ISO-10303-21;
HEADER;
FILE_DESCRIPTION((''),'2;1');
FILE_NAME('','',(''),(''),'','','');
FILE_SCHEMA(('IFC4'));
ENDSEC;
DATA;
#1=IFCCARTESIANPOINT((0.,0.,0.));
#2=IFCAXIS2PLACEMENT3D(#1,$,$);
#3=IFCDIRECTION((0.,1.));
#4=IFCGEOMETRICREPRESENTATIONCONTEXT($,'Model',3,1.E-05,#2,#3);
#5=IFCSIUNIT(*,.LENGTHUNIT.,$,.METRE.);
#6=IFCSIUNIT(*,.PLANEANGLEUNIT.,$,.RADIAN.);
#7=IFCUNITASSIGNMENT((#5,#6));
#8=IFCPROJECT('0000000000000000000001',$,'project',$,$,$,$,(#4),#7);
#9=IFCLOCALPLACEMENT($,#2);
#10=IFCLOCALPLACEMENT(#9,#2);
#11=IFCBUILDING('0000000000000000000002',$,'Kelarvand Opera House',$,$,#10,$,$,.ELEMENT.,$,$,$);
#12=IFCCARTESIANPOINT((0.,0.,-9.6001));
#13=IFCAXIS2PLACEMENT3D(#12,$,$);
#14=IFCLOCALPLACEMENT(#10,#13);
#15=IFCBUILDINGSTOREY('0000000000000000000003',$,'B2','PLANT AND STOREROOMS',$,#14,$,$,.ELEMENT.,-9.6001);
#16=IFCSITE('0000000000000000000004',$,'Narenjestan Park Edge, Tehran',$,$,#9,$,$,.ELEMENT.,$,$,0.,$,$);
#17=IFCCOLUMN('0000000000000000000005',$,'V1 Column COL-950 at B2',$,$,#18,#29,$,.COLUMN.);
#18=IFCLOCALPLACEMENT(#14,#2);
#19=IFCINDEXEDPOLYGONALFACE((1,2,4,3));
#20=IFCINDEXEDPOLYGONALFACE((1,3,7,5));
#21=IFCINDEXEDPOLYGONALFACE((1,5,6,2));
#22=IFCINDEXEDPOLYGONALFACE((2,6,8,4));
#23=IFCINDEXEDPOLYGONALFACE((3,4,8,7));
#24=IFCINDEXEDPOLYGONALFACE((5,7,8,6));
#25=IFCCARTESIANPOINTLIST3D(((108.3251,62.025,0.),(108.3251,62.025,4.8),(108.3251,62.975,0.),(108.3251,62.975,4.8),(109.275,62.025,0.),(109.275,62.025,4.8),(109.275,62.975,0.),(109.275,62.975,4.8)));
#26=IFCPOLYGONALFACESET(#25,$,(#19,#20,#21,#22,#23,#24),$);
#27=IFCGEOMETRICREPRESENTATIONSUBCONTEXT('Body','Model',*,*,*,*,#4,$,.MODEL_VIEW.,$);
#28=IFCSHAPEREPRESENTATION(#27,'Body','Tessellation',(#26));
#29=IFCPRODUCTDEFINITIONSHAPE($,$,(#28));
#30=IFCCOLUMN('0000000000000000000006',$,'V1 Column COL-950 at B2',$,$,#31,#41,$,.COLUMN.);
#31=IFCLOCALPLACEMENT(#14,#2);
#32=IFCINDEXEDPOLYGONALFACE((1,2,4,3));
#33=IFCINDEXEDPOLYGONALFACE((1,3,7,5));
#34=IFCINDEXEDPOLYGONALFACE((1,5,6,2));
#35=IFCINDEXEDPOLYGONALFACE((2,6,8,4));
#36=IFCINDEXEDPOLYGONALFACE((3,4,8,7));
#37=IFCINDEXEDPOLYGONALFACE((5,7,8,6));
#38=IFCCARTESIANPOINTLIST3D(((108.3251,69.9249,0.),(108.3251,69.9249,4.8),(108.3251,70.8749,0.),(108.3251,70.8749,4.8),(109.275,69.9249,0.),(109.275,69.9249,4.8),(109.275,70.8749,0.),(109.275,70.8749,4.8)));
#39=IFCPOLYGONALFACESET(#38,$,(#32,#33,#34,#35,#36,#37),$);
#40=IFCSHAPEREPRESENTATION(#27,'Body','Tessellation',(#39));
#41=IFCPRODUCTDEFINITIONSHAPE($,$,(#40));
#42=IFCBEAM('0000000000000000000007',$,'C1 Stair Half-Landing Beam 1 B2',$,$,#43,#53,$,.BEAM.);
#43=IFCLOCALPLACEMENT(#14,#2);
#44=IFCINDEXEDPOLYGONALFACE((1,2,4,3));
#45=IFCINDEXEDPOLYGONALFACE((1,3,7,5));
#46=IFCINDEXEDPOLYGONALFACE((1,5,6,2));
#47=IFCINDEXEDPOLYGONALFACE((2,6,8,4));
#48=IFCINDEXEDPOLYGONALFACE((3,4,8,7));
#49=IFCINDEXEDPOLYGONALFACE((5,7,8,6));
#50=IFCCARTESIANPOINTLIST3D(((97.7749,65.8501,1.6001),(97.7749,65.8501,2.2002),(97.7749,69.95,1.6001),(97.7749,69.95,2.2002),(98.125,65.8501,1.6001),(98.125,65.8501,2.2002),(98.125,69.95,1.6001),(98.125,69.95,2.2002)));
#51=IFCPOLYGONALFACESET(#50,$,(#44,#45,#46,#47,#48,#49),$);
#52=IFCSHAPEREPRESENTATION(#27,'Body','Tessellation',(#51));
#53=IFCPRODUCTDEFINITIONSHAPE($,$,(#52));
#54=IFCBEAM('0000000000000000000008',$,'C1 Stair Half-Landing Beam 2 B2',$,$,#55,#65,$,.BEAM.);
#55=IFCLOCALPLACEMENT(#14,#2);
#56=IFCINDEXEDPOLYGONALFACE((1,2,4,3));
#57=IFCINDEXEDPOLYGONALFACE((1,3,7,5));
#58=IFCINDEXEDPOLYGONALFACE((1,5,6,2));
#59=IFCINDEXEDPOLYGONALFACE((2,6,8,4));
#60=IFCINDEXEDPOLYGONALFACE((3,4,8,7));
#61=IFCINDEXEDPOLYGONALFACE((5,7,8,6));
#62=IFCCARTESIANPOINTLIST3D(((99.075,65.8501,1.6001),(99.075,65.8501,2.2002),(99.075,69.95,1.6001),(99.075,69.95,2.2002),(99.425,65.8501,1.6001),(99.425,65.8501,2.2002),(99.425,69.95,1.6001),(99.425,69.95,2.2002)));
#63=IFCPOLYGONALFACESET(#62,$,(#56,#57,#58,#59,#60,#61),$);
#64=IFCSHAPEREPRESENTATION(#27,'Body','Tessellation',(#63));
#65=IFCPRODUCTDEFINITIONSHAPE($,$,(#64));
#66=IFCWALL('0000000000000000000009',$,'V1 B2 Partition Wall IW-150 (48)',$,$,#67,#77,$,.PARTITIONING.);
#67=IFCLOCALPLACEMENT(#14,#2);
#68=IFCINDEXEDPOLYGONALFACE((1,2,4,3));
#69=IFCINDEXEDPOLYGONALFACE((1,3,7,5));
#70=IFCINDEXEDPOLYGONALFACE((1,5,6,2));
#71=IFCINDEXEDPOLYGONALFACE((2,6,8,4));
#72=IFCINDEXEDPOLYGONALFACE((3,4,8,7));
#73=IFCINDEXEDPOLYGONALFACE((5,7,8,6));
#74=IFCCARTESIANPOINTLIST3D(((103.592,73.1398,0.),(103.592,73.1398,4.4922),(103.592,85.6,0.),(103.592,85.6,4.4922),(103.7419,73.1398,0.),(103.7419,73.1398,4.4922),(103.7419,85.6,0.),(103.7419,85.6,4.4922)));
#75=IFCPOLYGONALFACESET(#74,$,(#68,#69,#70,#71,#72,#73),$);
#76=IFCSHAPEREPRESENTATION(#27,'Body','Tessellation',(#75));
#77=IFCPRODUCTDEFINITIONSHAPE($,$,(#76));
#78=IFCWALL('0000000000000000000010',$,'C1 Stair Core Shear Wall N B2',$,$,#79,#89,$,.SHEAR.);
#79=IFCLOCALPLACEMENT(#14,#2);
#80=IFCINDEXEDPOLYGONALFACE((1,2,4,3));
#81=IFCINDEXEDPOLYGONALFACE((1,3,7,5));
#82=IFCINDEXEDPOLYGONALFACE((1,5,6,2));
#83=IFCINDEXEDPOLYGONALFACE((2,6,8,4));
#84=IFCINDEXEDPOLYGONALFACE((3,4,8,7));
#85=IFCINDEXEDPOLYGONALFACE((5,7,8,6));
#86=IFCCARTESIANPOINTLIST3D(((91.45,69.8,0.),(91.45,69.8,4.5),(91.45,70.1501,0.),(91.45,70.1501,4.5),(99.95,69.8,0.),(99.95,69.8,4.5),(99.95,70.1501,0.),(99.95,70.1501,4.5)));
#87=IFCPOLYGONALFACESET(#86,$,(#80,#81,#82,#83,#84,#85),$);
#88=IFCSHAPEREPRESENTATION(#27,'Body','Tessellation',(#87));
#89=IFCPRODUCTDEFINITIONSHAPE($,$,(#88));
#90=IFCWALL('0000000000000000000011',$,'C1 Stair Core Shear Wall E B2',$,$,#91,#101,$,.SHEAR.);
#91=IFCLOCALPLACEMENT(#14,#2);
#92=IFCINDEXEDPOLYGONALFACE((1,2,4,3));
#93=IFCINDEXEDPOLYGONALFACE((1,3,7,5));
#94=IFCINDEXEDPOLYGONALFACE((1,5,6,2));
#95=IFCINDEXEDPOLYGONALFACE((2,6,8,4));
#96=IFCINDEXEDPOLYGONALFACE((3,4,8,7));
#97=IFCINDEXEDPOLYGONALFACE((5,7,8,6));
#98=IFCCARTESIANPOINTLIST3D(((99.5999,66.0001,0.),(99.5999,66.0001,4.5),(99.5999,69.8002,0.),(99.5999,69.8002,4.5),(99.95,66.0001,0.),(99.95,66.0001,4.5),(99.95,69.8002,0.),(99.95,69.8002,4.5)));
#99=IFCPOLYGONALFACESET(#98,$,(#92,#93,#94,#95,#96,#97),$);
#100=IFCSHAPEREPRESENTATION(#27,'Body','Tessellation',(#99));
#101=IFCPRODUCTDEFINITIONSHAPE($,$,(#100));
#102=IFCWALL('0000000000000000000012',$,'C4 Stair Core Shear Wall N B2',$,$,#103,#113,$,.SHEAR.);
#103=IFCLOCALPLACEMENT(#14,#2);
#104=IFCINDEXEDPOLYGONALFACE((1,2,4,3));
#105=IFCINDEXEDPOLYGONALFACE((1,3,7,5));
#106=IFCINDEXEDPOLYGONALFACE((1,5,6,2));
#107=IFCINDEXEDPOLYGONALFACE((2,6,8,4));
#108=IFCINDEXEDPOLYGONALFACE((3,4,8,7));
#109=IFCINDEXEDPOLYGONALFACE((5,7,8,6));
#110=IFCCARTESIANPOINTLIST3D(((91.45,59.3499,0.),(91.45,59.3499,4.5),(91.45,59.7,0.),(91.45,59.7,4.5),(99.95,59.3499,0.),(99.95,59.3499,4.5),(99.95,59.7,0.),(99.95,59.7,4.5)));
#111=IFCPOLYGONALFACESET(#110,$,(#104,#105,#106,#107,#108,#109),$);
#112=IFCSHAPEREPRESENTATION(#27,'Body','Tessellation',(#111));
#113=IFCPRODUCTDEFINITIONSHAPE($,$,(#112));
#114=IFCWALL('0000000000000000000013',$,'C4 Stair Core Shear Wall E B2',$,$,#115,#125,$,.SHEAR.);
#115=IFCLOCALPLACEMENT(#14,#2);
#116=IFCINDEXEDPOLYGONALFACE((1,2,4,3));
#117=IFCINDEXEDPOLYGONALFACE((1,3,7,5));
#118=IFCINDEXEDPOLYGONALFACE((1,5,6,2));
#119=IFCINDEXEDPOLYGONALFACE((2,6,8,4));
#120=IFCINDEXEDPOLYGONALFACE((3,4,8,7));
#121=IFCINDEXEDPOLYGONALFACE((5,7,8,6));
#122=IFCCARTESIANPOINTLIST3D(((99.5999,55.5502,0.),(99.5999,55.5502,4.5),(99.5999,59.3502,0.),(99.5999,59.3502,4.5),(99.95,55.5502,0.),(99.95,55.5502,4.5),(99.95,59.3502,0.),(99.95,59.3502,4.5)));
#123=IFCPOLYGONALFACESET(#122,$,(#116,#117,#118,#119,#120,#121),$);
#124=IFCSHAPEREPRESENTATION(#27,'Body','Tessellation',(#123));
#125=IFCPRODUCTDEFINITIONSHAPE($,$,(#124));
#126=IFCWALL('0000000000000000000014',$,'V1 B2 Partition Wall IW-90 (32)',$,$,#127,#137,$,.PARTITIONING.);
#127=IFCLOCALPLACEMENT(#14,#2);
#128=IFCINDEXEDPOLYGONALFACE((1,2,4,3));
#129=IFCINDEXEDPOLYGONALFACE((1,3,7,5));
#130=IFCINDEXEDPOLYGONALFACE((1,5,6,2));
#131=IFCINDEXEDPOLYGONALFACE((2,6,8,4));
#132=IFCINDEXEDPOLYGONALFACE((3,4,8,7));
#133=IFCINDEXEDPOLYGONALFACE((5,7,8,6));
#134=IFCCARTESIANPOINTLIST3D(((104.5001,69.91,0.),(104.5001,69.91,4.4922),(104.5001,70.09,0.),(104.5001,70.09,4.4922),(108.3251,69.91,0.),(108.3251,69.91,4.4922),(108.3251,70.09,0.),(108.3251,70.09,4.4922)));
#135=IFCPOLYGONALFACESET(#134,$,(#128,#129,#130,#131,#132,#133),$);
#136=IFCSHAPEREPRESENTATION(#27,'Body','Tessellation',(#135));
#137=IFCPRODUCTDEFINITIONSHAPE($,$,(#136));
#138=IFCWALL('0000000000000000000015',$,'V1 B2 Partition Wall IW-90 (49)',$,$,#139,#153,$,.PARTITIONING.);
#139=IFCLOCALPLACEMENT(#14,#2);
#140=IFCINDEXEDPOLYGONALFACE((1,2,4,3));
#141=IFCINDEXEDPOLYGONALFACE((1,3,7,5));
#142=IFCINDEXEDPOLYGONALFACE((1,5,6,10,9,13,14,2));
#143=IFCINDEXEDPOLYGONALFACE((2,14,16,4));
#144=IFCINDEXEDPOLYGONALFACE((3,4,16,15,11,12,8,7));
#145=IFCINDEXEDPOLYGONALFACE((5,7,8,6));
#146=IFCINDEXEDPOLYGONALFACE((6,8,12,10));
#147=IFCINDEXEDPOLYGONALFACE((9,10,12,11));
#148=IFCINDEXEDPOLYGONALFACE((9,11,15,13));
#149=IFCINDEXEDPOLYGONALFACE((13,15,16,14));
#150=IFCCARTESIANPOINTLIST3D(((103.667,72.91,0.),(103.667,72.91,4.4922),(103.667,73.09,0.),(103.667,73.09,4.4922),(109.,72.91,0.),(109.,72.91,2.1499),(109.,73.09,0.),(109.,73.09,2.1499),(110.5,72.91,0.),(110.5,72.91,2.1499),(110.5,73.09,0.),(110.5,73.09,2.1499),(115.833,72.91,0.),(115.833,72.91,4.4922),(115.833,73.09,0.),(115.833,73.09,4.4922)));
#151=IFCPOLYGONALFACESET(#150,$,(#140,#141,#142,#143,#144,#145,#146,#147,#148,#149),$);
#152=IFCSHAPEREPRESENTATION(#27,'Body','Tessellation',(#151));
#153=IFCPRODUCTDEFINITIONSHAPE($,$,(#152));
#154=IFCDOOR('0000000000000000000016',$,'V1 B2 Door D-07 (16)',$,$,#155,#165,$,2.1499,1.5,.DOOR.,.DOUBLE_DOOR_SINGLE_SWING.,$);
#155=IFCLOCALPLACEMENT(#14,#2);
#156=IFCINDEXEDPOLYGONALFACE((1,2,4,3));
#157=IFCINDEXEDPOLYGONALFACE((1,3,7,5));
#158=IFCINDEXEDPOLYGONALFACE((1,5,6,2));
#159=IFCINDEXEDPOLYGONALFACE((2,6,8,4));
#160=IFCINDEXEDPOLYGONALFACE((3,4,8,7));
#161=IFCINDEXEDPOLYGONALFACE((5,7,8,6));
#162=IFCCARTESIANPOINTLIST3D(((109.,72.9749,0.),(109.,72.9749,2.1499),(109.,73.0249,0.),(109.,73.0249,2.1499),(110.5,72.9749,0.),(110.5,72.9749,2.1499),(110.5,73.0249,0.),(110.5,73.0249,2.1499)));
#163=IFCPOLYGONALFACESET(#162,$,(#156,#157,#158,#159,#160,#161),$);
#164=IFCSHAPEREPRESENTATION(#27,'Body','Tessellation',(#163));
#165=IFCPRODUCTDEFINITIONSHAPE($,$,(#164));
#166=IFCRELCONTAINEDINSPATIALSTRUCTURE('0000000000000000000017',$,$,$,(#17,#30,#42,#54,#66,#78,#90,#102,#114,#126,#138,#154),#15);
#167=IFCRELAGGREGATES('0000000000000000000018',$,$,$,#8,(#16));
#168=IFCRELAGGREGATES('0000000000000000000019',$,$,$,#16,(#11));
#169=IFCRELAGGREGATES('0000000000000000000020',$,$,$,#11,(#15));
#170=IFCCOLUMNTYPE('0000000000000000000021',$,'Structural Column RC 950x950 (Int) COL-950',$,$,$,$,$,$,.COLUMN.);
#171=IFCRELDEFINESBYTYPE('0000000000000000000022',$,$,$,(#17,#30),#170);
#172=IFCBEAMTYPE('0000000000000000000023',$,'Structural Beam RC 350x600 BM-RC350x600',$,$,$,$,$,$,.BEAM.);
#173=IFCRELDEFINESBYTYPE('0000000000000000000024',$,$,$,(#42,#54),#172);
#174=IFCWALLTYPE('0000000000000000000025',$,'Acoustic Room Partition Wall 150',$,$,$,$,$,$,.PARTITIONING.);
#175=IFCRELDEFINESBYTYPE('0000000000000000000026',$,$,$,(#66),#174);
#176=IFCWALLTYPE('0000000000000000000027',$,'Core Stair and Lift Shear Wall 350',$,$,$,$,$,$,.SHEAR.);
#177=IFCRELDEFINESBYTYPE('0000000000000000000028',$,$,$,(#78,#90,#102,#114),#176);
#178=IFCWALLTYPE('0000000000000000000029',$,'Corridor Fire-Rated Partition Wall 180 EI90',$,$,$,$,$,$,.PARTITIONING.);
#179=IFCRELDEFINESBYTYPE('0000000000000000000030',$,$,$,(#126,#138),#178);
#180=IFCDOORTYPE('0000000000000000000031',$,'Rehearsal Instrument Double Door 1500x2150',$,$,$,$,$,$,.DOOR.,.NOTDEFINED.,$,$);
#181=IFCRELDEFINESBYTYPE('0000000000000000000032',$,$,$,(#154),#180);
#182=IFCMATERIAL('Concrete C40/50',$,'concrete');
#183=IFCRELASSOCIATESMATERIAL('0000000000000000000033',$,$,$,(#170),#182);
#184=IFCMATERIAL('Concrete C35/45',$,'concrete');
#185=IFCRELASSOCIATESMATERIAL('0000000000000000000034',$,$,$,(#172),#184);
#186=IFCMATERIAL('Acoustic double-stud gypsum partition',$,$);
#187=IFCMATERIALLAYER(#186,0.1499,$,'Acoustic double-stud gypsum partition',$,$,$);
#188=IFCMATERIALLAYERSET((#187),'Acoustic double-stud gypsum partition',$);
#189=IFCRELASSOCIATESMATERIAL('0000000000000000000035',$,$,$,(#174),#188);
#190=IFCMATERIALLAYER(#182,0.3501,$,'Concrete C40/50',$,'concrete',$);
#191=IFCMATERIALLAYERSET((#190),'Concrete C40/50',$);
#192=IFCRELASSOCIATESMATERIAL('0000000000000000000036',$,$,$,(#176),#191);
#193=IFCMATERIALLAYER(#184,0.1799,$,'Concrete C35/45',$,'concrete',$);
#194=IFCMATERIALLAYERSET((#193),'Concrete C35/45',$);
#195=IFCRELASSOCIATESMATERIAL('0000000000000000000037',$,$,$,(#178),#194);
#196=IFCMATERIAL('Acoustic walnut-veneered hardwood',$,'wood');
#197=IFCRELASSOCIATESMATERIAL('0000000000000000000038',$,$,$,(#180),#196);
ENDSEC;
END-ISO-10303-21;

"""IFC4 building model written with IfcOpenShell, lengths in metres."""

from ifc_helpers import new_model, si_unit, direction, frame, frame_2d, origin, origin_2d, place, context, subcontext, project, spatial, rectangle, extrude, material, layer, layer_set, material_profile, profile_set, type_object, element, fill, save


model = new_model("IFC4")

# Units and contexts
model_context = context("Model", 3, precision=1e-05, world=origin(), true_north=direction((0.0, 1.0)))
body_context = subcontext(model_context, "Body", "Model", "MODEL_VIEW")
ifc_project = project(units=[si_unit("LENGTHUNIT", "METRE"), si_unit("PLANEANGLEUNIT", "RADIAN")], contexts=[model_context])

# Site, building, storey
site_placement = place(None, origin())
site = spatial("IfcSite", under=ifc_project, at=site_placement, Name="Narenjestan Park Edge, Tehran", CompositionType="ELEMENT", RefElevation=0.0)
building_placement = place(site_placement, origin())
building = spatial("IfcBuilding", under=site, at=building_placement, Name="Kelarvand Opera House", CompositionType="ELEMENT")
storey_placement = place(building_placement, frame((0.0, 0.0, -9.6001)))
storey = spatial("IfcBuildingStorey", under=building, at=storey_placement, Name="B2", Description="PLANT AND STOREROOMS", CompositionType="ELEMENT", Elevation=-9.6001)

# Shared definitions
ifc_material_1 = material(Name="Concrete C40/50", Category="concrete")

# Columns
ifc_material_profile_1 = material_profile(ifc_material_1, rectangle(XDim=0.95, YDim=0.95, at=origin_2d()), Name="RC 950x950", Category="concrete")
ifc_profile_set_1 = profile_set([ifc_material_profile_1], Name="Concrete C40/50")
column_type = type_object("IfcColumnType", Name="Structural Column RC 950x950 (Int) COL-950", PredefinedType="COLUMN", material=ifc_profile_set_1)
for number, where, z_axis, x_axis, name in (
    (1, (108.8, 62.5, 0.0), (0.0, 0.0, 1.0), (1.0, 0.0, 0.0), "V1 Column COL-950 at B2"),
    (2, (108.8, 70.3999, 0.0), (0.0, 0.0, 1.0), (1.0, 0.0, 0.0), "V1 Column COL-950 at B2"),
):
    element("IfcColumn", number, at=place(storey_placement, frame(where, z_axis=z_axis, x_axis=x_axis)), inside=storey, type_object=column_type, Name=name, PredefinedType="COLUMN", context=body_context, shape_type="SweptSolid", body=[
        extrude(rectangle(XDim=0.95, YDim=0.95, at=origin_2d()), origin(), (0.0, 0.0, 1.0), 4.8),
    ])

# Beams
ifc_material_2 = material(Name="Concrete C35/45", Category="concrete")
ifc_material_profile_2 = material_profile(ifc_material_2, rectangle(XDim=0.3501, YDim=0.6001, at=origin_2d()), Name="RC 350x600", Category="concrete")
ifc_profile_set_2 = profile_set([ifc_material_profile_2], Name="Concrete C35/45")
beam_type = type_object("IfcBeamType", Name="Structural Beam RC 350x600 BM-RC350x600", PredefinedType="BEAM", material=ifc_profile_set_2)
for number, where, z_axis, x_axis, name in (
    (3, (97.95, 65.8501, 1.9001), (0.0, 1.0, 0.0), (-1.0, 0.0, 0.0), "C1 Stair Half-Landing Beam 1 B2"),
    (4, (99.25, 65.8501, 1.9001), (0.0, 1.0, 0.0), (-1.0, 0.0, 0.0), "C1 Stair Half-Landing Beam 2 B2"),
):
    element("IfcBeam", number, at=place(storey_placement, frame(where, z_axis=z_axis, x_axis=x_axis)), inside=storey, type_object=beam_type, Name=name, PredefinedType="BEAM", context=body_context, shape_type="SweptSolid", body=[
        extrude(rectangle(XDim=0.3501, YDim=0.6001, at=origin_2d()), origin(), (0.0, 0.0, 1.0), 4.0999),
    ])

# Walls
ifc_material_3 = material(Name="Acoustic double-stud gypsum partition")
ifc_layer_1 = layer(ifc_material_3, 0.1499, Name="Acoustic double-stud gypsum partition")
ifc_layer_set_1 = layer_set([ifc_layer_1], Name="Acoustic double-stud gypsum partition")
wall_type_1 = type_object("IfcWallType", Name="Acoustic Room Partition Wall 150", PredefinedType="PARTITIONING", material=ifc_layer_set_1)
wall_1_placement = place(storey_placement, frame((103.667, 73.1399, 0.0), z_axis=(0.0, 0.0, 1.0), x_axis=(0.0, 1.0, 0.0)))
element("IfcWall", 5, at=wall_1_placement, inside=storey, type_object=wall_type_1, Name="V1 B2 Partition Wall IW-150 (48)", PredefinedType="PARTITIONING", context=body_context, shape_type="SweptSolid", body=[
    extrude(rectangle(XDim=12.4602, YDim=0.1499, at=frame_2d((6.23, 0.0))), origin(), (0.0, 0.0, 1.0), 4.4922),
])
ifc_layer_2 = layer(ifc_material_1, 0.3501, Name="Concrete C40/50", Category="concrete")
ifc_layer_set_2 = layer_set([ifc_layer_2], Name="Concrete C40/50")
wall_type_2 = type_object("IfcWallType", Name="Core Stair and Lift Shear Wall 350", PredefinedType="SHEAR", material=ifc_layer_set_2)
wall_2_placement = place(storey_placement, frame((99.95, 69.9751, 0.0), z_axis=(0.0, 0.0, 1.0), x_axis=(-1.0, 0.0, 0.0)))
element("IfcWall", 6, at=wall_2_placement, inside=storey, type_object=wall_type_2, Name="C1 Stair Core Shear Wall N B2", PredefinedType="SHEAR", context=body_context, shape_type="SweptSolid", body=[
    extrude(rectangle(XDim=8.5, YDim=0.3501, at=frame_2d((4.25, 0.0))), origin(), (0.0, 0.0, 1.0), 4.5),
])
wall_3_placement = place(storey_placement, frame((99.7749, 69.8, 0.0), z_axis=(0.0, 0.0, 1.0), x_axis=(0.0, -1.0, 0.0)))
element("IfcWall", 7, at=wall_3_placement, inside=storey, type_object=wall_type_2, Name="C1 Stair Core Shear Wall E B2", PredefinedType="SHEAR", context=body_context, shape_type="SweptSolid", body=[
    extrude(rectangle(XDim=3.8, YDim=0.3501, at=frame_2d((1.8999, 0.0))), origin(), (0.0, 0.0, 1.0), 4.5),
])
wall_4_placement = place(storey_placement, frame((99.95, 59.5249, 0.0), z_axis=(0.0, 0.0, 1.0), x_axis=(-1.0, 0.0, 0.0)))
element("IfcWall", 8, at=wall_4_placement, inside=storey, type_object=wall_type_2, Name="C4 Stair Core Shear Wall N B2", PredefinedType="SHEAR", context=body_context, shape_type="SweptSolid", body=[
    extrude(rectangle(XDim=8.5, YDim=0.3501, at=frame_2d((4.25, 0.0))), origin(), (0.0, 0.0, 1.0), 4.5),
])
wall_5_placement = place(storey_placement, frame((99.7749, 59.3501, 0.0), z_axis=(0.0, 0.0, 1.0), x_axis=(0.0, -1.0, 0.0)))
element("IfcWall", 9, at=wall_5_placement, inside=storey, type_object=wall_type_2, Name="C4 Stair Core Shear Wall E B2", PredefinedType="SHEAR", context=body_context, shape_type="SweptSolid", body=[
    extrude(rectangle(XDim=3.8, YDim=0.3501, at=frame_2d((1.8999, 0.0))), origin(), (0.0, 0.0, 1.0), 4.5),
])
ifc_layer_3 = layer(ifc_material_2, 0.1799, Name="Concrete C35/45", Category="concrete")
ifc_layer_set_3 = layer_set([ifc_layer_3], Name="Concrete C35/45")
wall_type_3 = type_object("IfcWallType", Name="Corridor Fire-Rated Partition Wall 180 EI90", PredefinedType="PARTITIONING", material=ifc_layer_set_3)
wall_6_placement = place(storey_placement, frame((104.5, 70.0, 0.0), z_axis=(0.0, 0.0, 1.0), x_axis=(1.0, 0.0, 0.0)))
element("IfcWall", 10, at=wall_6_placement, inside=storey, type_object=wall_type_3, Name="V1 B2 Partition Wall IW-90 (32)", PredefinedType="PARTITIONING", context=body_context, shape_type="SweptSolid", body=[
    extrude(rectangle(XDim=3.825, YDim=0.1799, at=frame_2d((1.9126, 0.0))), origin(), (0.0, 0.0, 1.0), 4.4922),
])

# Wall, opening, door
wall_7_placement = place(storey_placement, frame((103.667, 73.0, 0.0), z_axis=(0.0, 0.0, 1.0), x_axis=(1.0, 0.0, 0.0)))
wall_7 = element("IfcWall", 11, at=wall_7_placement, inside=storey, type_object=wall_type_3, Name="V1 B2 Partition Wall IW-90 (49)", PredefinedType="PARTITIONING", context=body_context, shape_type="SweptSolid", body=[
    extrude(rectangle(XDim=12.166, YDim=0.1799, at=frame_2d((6.083, 0.0))), origin(), (0.0, 0.0, 1.0), 4.4922),
])
opening_1_placement = place(wall_7_placement, frame((5.333, 0.0, 0.0)))
opening_1 = element("IfcOpeningElement", 12, at=opening_1_placement, cuts=wall_7, PredefinedType="OPENING", context=body_context, shape_type="SweptSolid", body=[
    extrude(rectangle(XDim=1.5, YDim=2.1499, at=frame_2d((0.75, 1.075))), frame((0.0, 0.1001, 0.0), z_axis=(0.0, -1.0, 0.0), x_axis=(1.0, 0.0, 0.0)), (0.0, 0.0, 1.0), 0.2),
])
ifc_material_4 = material(Name="Acoustic walnut-veneered hardwood", Category="wood")
door_type_1 = type_object("IfcDoorType", Name="Rehearsal Instrument Double Door 1500x2150", OperationType="NOTDEFINED", PredefinedType="DOOR", material=ifc_material_4)
door_1_placement = place(opening_1_placement, origin())
door_1 = element("IfcDoor", 13, at=door_1_placement, inside=storey, type_object=door_type_1, Name="V1 B2 Door D-07 (16)", OperationType="DOUBLE_DOOR_SINGLE_SWING", OverallHeight=2.1499, OverallWidth=1.5, PredefinedType="DOOR", context=body_context, shape_type="SweptSolid", body=[
    extrude(rectangle(XDim=1.5, YDim=2.1499, at=frame_2d((0.75, 1.075))), frame((0.0, 0.0249, 0.0), z_axis=(0.0, -1.0, 0.0), x_axis=(1.0, 0.0, 0.0)), (0.0, 0.0, 1.0), 0.05),
])
fill(opening_1, door_1)

save(model, "model.ifc")
